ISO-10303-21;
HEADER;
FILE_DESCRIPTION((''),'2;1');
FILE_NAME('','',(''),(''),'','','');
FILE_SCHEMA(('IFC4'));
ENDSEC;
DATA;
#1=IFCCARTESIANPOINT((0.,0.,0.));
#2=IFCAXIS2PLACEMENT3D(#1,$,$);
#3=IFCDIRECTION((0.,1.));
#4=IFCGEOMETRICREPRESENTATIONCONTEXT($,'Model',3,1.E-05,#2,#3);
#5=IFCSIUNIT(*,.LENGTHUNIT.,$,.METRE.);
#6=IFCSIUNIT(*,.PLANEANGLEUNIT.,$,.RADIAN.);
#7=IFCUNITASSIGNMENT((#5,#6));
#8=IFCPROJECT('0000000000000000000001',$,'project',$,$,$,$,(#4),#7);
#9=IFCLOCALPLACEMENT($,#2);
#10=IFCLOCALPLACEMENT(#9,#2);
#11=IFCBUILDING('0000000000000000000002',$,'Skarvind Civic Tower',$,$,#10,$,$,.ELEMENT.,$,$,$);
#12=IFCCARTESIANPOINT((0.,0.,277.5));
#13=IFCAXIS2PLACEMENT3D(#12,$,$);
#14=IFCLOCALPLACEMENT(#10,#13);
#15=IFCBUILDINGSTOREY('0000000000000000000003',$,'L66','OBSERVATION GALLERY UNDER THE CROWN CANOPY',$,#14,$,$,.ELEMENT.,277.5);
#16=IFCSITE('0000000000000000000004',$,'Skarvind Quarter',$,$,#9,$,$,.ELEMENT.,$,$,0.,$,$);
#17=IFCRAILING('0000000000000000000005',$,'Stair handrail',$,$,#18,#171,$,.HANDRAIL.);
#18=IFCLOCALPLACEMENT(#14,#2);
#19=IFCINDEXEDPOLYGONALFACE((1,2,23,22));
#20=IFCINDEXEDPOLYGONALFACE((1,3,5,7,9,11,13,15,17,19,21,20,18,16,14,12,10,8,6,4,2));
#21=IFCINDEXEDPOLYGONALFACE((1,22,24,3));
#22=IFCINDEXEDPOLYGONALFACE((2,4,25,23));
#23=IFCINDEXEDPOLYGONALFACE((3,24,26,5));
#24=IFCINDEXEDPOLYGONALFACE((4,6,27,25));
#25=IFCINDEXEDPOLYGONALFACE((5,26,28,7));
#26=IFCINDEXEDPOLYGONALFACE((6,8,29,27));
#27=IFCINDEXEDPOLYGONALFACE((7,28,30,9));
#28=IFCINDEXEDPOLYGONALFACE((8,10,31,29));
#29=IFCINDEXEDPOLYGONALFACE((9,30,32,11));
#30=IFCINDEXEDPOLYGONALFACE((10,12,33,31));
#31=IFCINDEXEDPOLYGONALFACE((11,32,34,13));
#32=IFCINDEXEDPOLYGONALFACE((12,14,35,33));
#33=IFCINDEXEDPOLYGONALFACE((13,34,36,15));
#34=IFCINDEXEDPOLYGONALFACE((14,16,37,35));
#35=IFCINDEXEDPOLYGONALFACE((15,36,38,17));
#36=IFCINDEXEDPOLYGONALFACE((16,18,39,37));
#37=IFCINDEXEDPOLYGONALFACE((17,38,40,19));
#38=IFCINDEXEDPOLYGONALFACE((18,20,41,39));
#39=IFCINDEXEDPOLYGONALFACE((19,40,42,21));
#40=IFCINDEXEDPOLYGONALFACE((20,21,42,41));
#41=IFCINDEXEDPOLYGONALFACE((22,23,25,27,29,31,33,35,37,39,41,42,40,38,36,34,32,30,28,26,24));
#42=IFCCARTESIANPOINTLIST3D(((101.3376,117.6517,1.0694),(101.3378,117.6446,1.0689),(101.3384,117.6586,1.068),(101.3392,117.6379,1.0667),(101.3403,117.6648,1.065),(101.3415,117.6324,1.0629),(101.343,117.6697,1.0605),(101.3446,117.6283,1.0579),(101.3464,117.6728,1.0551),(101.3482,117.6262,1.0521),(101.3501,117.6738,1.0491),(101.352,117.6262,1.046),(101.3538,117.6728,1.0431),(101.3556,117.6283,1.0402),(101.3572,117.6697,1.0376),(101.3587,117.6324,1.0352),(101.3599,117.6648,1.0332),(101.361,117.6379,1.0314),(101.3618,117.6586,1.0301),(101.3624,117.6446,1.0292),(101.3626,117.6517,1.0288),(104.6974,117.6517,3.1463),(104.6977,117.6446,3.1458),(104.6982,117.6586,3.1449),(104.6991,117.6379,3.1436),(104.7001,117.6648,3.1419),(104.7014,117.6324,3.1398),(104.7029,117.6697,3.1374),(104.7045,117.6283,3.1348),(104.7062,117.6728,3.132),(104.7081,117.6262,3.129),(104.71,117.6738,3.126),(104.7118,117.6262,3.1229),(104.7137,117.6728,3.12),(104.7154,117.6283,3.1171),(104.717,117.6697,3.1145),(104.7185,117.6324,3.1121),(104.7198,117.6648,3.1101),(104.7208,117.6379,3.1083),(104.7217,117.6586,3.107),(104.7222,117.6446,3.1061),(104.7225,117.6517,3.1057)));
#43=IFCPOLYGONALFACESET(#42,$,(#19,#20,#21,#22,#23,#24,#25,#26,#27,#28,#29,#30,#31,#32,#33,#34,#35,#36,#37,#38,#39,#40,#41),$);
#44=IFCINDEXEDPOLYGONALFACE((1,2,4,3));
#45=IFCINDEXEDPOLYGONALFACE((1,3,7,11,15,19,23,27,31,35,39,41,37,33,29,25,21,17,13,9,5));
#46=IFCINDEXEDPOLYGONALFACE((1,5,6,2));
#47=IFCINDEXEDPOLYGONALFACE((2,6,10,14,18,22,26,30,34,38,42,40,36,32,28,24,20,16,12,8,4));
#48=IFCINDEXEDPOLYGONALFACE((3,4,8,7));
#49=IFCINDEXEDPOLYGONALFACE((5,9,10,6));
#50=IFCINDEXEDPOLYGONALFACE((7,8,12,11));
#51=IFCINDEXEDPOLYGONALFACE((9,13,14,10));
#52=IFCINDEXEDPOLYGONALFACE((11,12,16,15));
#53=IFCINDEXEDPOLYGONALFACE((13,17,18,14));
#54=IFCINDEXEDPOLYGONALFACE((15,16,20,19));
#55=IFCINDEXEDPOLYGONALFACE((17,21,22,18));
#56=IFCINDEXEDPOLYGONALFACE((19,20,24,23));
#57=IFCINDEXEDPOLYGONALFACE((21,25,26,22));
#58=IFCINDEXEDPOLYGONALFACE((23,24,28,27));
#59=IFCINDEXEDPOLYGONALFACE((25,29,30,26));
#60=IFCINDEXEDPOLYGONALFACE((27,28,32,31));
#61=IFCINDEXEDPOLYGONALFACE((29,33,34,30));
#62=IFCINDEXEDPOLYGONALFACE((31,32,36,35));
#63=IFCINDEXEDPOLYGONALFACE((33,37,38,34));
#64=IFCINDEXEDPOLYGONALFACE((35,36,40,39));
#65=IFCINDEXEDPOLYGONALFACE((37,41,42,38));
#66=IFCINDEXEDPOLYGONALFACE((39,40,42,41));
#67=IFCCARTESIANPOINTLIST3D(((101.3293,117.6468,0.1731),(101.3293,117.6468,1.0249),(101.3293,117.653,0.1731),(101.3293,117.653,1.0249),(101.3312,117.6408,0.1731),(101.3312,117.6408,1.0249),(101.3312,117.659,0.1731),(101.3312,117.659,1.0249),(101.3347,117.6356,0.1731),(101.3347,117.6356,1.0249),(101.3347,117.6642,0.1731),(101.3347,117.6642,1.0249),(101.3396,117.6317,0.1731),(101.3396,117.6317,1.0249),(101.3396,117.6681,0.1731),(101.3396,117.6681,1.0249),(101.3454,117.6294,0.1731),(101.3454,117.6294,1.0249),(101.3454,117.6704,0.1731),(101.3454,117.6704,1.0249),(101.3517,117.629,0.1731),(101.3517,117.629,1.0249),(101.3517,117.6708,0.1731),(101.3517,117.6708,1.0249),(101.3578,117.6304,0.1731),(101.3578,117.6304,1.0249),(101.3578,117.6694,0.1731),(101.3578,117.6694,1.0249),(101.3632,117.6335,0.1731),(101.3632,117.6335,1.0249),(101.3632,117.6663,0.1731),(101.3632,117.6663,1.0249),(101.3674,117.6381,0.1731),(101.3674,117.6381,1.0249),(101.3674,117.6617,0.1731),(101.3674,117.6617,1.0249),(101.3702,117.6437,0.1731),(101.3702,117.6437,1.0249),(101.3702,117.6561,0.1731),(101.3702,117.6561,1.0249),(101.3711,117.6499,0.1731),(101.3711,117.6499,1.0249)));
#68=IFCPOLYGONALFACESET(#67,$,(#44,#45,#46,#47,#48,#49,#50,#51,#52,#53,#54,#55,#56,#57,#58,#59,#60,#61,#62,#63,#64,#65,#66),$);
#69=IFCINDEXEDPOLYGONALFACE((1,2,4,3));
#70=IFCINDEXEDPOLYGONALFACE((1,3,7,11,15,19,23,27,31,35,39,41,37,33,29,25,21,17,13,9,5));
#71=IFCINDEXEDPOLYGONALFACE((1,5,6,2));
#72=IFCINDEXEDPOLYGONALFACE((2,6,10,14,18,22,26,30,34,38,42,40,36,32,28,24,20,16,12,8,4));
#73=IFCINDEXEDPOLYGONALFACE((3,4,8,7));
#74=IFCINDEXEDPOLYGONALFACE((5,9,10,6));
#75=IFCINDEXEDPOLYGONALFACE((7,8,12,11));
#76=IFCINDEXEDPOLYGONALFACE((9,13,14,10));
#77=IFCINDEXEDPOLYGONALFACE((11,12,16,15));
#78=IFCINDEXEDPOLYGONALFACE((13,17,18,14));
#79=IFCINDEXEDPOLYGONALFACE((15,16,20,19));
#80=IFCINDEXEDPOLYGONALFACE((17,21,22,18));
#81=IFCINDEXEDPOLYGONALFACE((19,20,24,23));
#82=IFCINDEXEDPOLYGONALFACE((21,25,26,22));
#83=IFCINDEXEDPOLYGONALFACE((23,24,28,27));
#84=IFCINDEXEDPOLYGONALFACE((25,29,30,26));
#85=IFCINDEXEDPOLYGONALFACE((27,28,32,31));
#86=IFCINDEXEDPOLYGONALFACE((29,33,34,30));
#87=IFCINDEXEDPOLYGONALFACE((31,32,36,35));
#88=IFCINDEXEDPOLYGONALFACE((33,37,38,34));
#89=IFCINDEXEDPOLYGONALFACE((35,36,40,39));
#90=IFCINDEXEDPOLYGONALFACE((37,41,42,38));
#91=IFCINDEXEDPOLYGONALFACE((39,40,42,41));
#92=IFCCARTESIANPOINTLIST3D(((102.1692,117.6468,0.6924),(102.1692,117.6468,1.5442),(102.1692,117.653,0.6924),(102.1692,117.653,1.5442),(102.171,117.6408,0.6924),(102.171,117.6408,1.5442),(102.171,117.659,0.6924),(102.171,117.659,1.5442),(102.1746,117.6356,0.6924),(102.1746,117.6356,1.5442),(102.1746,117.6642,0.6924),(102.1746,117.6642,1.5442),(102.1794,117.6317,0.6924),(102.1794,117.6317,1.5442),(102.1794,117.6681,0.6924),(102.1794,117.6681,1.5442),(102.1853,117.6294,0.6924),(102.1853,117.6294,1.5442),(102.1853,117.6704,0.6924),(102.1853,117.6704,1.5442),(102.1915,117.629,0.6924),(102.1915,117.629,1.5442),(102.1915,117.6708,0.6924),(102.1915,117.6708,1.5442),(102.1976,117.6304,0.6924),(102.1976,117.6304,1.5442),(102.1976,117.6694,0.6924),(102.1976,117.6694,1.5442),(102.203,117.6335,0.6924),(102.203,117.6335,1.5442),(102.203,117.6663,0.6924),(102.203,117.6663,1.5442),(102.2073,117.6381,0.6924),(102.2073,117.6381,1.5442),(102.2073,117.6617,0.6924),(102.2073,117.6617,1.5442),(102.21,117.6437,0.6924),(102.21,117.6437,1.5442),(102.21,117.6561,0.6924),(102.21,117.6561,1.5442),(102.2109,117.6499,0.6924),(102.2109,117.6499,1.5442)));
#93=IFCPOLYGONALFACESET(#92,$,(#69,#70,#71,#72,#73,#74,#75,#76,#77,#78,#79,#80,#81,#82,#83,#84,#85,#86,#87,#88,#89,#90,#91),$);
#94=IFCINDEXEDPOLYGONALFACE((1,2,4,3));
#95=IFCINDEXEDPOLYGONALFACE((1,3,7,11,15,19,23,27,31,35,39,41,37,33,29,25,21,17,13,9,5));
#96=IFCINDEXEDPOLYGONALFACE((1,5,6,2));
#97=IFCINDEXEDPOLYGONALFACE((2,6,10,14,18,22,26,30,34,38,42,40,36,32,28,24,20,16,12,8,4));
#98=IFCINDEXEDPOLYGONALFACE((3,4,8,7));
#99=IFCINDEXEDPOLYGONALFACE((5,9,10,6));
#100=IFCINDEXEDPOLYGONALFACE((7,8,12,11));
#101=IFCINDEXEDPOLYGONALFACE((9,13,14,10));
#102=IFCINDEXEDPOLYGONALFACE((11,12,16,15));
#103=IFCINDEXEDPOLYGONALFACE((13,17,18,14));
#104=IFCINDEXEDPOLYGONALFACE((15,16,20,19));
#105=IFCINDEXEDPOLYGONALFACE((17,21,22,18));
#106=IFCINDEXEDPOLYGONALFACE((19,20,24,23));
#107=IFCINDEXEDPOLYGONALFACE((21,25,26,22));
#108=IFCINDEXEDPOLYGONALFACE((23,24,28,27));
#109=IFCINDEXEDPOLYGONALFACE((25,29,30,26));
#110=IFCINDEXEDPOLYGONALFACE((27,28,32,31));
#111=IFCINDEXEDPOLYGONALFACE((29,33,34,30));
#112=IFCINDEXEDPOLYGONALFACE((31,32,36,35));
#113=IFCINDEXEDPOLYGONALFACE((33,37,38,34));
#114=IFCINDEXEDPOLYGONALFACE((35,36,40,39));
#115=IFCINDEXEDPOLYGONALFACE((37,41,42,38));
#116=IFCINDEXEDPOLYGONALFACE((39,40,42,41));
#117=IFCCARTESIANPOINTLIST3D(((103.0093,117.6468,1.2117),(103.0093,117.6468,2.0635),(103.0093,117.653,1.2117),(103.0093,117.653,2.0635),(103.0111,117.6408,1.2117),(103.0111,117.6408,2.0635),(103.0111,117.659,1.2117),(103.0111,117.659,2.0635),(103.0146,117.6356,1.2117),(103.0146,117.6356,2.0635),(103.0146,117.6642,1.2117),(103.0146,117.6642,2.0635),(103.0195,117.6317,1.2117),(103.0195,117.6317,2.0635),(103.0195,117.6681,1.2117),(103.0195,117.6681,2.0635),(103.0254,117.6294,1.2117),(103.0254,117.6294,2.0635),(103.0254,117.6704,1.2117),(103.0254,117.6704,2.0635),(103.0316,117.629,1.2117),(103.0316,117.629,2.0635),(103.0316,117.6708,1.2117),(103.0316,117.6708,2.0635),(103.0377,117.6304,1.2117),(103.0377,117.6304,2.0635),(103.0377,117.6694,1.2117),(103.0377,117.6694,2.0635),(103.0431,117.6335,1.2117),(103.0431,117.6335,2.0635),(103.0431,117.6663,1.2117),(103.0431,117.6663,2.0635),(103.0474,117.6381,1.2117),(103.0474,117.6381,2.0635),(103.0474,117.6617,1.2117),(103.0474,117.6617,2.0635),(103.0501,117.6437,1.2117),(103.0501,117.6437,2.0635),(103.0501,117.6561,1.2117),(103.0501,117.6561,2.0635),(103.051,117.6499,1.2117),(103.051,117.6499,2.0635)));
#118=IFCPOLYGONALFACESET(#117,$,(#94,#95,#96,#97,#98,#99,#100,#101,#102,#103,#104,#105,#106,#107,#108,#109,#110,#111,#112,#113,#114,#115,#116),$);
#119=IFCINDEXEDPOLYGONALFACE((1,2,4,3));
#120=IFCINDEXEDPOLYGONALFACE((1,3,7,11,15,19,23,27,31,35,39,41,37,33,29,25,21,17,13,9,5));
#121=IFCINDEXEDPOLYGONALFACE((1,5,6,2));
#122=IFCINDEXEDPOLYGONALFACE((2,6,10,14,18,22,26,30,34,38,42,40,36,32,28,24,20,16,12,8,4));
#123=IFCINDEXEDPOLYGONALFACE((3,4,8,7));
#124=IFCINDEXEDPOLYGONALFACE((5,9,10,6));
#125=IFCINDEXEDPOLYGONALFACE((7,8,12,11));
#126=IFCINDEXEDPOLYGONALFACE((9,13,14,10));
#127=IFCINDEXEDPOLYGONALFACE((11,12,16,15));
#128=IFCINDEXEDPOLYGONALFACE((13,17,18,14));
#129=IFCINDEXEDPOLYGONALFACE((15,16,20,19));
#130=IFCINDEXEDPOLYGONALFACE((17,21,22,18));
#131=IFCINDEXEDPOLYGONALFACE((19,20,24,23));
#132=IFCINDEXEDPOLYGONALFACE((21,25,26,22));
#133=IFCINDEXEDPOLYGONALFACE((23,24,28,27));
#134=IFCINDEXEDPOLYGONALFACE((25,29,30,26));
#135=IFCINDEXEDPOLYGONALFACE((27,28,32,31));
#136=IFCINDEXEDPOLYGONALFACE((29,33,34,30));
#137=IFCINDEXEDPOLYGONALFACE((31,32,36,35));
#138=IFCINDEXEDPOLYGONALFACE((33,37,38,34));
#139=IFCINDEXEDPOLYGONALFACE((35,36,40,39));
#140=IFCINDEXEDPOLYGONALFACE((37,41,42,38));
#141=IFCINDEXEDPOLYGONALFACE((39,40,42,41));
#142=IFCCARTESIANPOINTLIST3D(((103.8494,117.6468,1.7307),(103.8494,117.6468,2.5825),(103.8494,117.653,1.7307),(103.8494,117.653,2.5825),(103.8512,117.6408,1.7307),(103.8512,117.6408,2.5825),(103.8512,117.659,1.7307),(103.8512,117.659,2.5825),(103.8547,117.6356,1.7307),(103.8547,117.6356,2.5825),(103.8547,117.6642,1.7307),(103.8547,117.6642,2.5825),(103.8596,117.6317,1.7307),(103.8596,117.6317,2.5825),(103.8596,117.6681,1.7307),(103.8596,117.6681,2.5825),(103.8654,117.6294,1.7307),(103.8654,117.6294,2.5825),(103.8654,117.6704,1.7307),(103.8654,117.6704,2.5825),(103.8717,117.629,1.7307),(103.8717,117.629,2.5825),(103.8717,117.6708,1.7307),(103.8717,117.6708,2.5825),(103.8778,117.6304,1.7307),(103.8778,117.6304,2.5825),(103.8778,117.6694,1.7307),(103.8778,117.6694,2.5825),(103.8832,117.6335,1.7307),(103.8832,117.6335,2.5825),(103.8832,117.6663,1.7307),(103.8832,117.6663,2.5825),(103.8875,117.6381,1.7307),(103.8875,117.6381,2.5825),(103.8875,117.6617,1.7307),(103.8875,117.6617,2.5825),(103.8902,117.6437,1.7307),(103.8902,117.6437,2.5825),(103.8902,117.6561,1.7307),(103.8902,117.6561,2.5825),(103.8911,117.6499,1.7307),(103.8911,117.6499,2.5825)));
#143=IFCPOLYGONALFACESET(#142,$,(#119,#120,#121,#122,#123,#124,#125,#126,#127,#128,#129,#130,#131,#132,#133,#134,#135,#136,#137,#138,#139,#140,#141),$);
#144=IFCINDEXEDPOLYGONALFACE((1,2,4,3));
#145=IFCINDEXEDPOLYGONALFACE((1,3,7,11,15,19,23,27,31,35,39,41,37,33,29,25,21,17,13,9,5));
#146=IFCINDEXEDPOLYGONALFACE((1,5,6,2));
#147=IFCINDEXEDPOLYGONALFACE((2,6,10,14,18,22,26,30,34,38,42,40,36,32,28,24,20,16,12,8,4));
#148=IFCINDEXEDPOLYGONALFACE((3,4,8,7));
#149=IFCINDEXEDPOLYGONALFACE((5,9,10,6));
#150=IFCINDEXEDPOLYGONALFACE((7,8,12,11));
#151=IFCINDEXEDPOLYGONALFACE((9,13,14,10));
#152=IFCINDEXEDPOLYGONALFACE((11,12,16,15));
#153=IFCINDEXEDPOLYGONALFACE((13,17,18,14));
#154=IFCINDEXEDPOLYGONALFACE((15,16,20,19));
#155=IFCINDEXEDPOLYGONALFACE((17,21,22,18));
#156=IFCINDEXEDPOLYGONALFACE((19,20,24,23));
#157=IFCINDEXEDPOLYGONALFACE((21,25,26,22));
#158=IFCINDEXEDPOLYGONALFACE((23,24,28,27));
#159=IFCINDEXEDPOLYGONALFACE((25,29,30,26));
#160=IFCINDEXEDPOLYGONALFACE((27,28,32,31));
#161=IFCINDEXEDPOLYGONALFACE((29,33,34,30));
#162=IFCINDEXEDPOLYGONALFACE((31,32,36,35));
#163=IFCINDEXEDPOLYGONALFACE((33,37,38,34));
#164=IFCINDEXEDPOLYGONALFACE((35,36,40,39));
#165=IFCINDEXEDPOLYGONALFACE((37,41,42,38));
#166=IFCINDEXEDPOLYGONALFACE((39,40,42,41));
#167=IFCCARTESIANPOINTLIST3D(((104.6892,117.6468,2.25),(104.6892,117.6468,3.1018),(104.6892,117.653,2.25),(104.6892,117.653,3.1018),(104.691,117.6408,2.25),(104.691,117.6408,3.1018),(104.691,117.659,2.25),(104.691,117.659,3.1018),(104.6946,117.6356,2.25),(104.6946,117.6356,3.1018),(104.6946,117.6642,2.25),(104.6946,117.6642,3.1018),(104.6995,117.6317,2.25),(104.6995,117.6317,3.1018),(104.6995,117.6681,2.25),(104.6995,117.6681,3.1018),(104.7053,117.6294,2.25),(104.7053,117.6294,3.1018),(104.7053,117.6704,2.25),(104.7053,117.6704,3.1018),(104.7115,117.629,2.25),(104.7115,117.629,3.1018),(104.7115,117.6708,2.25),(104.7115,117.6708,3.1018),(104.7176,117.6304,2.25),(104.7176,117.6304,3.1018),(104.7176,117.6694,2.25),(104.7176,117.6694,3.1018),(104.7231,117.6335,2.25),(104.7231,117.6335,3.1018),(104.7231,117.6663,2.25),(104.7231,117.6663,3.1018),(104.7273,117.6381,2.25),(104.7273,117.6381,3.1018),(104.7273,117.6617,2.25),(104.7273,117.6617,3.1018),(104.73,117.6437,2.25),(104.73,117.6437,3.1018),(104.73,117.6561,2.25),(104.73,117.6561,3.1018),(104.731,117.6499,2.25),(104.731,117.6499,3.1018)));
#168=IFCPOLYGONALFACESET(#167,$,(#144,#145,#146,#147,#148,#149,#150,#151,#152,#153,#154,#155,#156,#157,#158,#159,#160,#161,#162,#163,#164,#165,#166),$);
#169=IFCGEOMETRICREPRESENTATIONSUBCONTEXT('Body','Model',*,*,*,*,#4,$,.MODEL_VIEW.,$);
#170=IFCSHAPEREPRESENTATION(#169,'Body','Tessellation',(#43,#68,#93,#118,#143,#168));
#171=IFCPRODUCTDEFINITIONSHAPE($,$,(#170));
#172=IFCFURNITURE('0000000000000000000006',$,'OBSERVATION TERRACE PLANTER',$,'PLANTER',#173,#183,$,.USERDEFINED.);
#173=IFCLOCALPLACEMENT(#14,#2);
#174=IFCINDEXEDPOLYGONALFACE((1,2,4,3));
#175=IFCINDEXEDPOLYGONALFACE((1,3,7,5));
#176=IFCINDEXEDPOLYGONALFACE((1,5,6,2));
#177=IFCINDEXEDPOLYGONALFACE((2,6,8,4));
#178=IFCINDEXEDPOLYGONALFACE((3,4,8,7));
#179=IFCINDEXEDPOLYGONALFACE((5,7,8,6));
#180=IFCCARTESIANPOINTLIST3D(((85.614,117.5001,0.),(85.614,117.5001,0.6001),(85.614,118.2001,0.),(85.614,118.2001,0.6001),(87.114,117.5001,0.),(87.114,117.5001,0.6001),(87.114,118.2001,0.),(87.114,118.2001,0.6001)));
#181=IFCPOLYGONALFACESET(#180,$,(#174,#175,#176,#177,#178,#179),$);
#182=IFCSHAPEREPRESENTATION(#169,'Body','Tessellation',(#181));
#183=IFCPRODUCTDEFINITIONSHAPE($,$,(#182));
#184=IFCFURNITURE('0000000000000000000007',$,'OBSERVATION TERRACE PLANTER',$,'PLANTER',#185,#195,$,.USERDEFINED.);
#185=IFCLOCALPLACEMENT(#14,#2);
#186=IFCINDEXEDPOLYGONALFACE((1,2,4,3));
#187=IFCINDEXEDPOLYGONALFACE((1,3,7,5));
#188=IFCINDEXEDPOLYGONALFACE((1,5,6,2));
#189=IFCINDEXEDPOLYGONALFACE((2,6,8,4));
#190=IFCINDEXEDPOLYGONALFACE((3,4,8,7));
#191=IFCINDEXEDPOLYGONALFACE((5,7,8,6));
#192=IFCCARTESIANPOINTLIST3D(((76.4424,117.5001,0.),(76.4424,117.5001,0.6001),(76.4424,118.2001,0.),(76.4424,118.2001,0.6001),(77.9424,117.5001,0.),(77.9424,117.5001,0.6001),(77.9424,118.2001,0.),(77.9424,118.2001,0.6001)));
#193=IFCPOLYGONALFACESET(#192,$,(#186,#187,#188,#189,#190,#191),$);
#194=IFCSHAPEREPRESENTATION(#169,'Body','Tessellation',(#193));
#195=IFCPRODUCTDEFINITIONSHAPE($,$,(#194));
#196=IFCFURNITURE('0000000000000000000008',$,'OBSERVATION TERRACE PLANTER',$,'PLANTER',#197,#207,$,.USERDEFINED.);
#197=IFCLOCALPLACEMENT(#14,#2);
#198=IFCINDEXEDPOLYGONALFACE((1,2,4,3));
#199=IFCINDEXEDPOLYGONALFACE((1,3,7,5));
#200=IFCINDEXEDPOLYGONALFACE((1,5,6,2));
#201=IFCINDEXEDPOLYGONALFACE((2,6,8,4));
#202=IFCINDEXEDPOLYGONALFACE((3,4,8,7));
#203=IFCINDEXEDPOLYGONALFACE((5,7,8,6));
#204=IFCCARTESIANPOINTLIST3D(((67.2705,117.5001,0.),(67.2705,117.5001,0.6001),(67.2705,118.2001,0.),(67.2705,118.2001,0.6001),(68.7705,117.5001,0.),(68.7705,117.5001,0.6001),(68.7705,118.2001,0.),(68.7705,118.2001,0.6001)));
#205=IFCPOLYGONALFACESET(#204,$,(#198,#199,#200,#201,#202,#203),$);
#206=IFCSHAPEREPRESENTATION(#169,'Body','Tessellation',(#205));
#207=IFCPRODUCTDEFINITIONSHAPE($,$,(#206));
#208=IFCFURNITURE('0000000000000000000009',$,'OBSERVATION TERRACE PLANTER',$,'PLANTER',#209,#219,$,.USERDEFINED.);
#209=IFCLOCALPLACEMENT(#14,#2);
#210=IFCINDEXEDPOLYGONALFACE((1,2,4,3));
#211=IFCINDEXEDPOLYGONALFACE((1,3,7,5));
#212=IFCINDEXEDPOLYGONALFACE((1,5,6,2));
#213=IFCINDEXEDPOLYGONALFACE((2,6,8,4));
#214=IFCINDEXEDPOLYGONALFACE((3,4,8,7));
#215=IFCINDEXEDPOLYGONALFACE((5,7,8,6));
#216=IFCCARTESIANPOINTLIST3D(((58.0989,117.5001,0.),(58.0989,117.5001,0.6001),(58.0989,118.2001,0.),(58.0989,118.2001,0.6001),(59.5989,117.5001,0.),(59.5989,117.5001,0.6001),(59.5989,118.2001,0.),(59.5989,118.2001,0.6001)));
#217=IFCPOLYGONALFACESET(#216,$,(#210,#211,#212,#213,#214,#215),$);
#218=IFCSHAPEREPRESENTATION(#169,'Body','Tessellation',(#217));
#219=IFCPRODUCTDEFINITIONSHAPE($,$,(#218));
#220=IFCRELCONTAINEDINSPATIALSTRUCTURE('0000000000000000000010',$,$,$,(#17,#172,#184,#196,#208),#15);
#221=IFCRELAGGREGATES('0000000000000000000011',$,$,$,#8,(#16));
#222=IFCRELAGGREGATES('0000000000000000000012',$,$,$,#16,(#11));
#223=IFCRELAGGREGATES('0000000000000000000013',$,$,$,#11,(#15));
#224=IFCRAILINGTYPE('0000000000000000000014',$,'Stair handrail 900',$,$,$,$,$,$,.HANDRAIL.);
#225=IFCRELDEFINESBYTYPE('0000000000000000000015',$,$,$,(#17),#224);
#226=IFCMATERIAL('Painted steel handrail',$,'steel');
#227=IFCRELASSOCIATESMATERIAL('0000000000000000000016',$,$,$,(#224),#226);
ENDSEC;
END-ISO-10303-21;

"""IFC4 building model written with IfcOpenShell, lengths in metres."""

from ifc_helpers import new_model, si_unit, direction, frame, origin, origin_2d, place, context, subcontext, project, spatial, rectangle, circle, extrude, material, type_object, element, save


model = new_model("IFC4")

# Units and contexts
model_context = context("Model", 3, precision=1e-05, world=origin(), true_north=direction((0.0, 1.0)))
body_context = subcontext(model_context, "Body", "Model", "MODEL_VIEW")
ifc_project = project(units=[si_unit("LENGTHUNIT", "METRE"), si_unit("PLANEANGLEUNIT", "RADIAN")], contexts=[model_context])

# Site, building, storey
site_placement = place(None, origin())
site = spatial("IfcSite", under=ifc_project, at=site_placement, Name="Skarvind Quarter", CompositionType="ELEMENT", RefElevation=0.0)
building_placement = place(site_placement, origin())
building = spatial("IfcBuilding", under=site, at=building_placement, Name="Skarvind Civic Tower", CompositionType="ELEMENT")
storey_placement = place(building_placement, frame((0.0, 0.0, 277.5)))
storey = spatial("IfcBuildingStorey", under=building, at=storey_placement, Name="L66", Description="OBSERVATION GALLERY UNDER THE CROWN CANOPY", CompositionType="ELEMENT", Elevation=277.5)

# Railing
ifc_material_1 = material(Name="Painted steel handrail", Category="steel")
railing_type = type_object("IfcRailingType", Name="Stair handrail 900", PredefinedType="HANDRAIL", material=ifc_material_1)
railing_placement = place(storey_placement, frame((101.3501, 117.6499, 0.1731)))
element("IfcRailing", 1, at=railing_placement, inside=storey, type_object=railing_type, Name="Stair handrail", PredefinedType="HANDRAIL", context=body_context, shape_type="SweptSolid", body=[
    extrude(circle(Radius=0.0239, at=origin_2d()), frame((0.0, 0.0, 0.876), z_axis=(0.850606, 0.0, 0.525803), x_axis=(0.0, 1.0, 0.0)), (0.0, 0.0, 1.0), 3.95),
    extrude(circle(Radius=0.021, at=origin_2d()), origin(), (0.0, 0.0, 1.0), 0.8518),
    extrude(circle(Radius=0.021, at=origin_2d()), frame((0.8398, 0.0, 0.5193)), (0.0, 0.0, 1.0), 0.8518),
    extrude(circle(Radius=0.021, at=origin_2d()), frame((1.6799, 0.0, 1.0386)), (0.0, 0.0, 1.0), 0.8518),
    extrude(circle(Radius=0.021, at=origin_2d()), frame((2.52, 0.0, 1.5576)), (0.0, 0.0, 1.0), 0.8518),
    extrude(circle(Radius=0.021, at=origin_2d()), frame((3.3599, 0.0, 2.0769)), (0.0, 0.0, 1.0), 0.8518),
])

# Furniture
for number, where, z_axis, x_axis, name in (
    (2, (86.364, 117.8501, 0.0), (0.0, 0.0, 1.0), (-1.0, 0.0, 0.0), "OBSERVATION TERRACE PLANTER"),
    (3, (77.1924, 117.8501, 0.0), (0.0, 0.0, 1.0), (-1.0, 0.0, 0.0), "OBSERVATION TERRACE PLANTER"),
    (4, (68.0205, 117.8501, 0.0), (0.0, 0.0, 1.0), (-1.0, 0.0, 0.0), "OBSERVATION TERRACE PLANTER"),
    (5, (58.8489, 117.8501, 0.0), (0.0, 0.0, 1.0), (-1.0, 0.0, 0.0), "OBSERVATION TERRACE PLANTER"),
):
    element("IfcFurniture", number, at=place(storey_placement, frame(where, z_axis=z_axis, x_axis=x_axis)), inside=storey, Name=name, ObjectType="PLANTER", PredefinedType="USERDEFINED", context=body_context, shape_type="SweptSolid", body=[
        extrude(rectangle(XDim=1.5, YDim=0.7, at=origin_2d()), origin(), (0.0, 0.0, 1.0), 0.6001),
    ])

save(model, "model.ifc")
